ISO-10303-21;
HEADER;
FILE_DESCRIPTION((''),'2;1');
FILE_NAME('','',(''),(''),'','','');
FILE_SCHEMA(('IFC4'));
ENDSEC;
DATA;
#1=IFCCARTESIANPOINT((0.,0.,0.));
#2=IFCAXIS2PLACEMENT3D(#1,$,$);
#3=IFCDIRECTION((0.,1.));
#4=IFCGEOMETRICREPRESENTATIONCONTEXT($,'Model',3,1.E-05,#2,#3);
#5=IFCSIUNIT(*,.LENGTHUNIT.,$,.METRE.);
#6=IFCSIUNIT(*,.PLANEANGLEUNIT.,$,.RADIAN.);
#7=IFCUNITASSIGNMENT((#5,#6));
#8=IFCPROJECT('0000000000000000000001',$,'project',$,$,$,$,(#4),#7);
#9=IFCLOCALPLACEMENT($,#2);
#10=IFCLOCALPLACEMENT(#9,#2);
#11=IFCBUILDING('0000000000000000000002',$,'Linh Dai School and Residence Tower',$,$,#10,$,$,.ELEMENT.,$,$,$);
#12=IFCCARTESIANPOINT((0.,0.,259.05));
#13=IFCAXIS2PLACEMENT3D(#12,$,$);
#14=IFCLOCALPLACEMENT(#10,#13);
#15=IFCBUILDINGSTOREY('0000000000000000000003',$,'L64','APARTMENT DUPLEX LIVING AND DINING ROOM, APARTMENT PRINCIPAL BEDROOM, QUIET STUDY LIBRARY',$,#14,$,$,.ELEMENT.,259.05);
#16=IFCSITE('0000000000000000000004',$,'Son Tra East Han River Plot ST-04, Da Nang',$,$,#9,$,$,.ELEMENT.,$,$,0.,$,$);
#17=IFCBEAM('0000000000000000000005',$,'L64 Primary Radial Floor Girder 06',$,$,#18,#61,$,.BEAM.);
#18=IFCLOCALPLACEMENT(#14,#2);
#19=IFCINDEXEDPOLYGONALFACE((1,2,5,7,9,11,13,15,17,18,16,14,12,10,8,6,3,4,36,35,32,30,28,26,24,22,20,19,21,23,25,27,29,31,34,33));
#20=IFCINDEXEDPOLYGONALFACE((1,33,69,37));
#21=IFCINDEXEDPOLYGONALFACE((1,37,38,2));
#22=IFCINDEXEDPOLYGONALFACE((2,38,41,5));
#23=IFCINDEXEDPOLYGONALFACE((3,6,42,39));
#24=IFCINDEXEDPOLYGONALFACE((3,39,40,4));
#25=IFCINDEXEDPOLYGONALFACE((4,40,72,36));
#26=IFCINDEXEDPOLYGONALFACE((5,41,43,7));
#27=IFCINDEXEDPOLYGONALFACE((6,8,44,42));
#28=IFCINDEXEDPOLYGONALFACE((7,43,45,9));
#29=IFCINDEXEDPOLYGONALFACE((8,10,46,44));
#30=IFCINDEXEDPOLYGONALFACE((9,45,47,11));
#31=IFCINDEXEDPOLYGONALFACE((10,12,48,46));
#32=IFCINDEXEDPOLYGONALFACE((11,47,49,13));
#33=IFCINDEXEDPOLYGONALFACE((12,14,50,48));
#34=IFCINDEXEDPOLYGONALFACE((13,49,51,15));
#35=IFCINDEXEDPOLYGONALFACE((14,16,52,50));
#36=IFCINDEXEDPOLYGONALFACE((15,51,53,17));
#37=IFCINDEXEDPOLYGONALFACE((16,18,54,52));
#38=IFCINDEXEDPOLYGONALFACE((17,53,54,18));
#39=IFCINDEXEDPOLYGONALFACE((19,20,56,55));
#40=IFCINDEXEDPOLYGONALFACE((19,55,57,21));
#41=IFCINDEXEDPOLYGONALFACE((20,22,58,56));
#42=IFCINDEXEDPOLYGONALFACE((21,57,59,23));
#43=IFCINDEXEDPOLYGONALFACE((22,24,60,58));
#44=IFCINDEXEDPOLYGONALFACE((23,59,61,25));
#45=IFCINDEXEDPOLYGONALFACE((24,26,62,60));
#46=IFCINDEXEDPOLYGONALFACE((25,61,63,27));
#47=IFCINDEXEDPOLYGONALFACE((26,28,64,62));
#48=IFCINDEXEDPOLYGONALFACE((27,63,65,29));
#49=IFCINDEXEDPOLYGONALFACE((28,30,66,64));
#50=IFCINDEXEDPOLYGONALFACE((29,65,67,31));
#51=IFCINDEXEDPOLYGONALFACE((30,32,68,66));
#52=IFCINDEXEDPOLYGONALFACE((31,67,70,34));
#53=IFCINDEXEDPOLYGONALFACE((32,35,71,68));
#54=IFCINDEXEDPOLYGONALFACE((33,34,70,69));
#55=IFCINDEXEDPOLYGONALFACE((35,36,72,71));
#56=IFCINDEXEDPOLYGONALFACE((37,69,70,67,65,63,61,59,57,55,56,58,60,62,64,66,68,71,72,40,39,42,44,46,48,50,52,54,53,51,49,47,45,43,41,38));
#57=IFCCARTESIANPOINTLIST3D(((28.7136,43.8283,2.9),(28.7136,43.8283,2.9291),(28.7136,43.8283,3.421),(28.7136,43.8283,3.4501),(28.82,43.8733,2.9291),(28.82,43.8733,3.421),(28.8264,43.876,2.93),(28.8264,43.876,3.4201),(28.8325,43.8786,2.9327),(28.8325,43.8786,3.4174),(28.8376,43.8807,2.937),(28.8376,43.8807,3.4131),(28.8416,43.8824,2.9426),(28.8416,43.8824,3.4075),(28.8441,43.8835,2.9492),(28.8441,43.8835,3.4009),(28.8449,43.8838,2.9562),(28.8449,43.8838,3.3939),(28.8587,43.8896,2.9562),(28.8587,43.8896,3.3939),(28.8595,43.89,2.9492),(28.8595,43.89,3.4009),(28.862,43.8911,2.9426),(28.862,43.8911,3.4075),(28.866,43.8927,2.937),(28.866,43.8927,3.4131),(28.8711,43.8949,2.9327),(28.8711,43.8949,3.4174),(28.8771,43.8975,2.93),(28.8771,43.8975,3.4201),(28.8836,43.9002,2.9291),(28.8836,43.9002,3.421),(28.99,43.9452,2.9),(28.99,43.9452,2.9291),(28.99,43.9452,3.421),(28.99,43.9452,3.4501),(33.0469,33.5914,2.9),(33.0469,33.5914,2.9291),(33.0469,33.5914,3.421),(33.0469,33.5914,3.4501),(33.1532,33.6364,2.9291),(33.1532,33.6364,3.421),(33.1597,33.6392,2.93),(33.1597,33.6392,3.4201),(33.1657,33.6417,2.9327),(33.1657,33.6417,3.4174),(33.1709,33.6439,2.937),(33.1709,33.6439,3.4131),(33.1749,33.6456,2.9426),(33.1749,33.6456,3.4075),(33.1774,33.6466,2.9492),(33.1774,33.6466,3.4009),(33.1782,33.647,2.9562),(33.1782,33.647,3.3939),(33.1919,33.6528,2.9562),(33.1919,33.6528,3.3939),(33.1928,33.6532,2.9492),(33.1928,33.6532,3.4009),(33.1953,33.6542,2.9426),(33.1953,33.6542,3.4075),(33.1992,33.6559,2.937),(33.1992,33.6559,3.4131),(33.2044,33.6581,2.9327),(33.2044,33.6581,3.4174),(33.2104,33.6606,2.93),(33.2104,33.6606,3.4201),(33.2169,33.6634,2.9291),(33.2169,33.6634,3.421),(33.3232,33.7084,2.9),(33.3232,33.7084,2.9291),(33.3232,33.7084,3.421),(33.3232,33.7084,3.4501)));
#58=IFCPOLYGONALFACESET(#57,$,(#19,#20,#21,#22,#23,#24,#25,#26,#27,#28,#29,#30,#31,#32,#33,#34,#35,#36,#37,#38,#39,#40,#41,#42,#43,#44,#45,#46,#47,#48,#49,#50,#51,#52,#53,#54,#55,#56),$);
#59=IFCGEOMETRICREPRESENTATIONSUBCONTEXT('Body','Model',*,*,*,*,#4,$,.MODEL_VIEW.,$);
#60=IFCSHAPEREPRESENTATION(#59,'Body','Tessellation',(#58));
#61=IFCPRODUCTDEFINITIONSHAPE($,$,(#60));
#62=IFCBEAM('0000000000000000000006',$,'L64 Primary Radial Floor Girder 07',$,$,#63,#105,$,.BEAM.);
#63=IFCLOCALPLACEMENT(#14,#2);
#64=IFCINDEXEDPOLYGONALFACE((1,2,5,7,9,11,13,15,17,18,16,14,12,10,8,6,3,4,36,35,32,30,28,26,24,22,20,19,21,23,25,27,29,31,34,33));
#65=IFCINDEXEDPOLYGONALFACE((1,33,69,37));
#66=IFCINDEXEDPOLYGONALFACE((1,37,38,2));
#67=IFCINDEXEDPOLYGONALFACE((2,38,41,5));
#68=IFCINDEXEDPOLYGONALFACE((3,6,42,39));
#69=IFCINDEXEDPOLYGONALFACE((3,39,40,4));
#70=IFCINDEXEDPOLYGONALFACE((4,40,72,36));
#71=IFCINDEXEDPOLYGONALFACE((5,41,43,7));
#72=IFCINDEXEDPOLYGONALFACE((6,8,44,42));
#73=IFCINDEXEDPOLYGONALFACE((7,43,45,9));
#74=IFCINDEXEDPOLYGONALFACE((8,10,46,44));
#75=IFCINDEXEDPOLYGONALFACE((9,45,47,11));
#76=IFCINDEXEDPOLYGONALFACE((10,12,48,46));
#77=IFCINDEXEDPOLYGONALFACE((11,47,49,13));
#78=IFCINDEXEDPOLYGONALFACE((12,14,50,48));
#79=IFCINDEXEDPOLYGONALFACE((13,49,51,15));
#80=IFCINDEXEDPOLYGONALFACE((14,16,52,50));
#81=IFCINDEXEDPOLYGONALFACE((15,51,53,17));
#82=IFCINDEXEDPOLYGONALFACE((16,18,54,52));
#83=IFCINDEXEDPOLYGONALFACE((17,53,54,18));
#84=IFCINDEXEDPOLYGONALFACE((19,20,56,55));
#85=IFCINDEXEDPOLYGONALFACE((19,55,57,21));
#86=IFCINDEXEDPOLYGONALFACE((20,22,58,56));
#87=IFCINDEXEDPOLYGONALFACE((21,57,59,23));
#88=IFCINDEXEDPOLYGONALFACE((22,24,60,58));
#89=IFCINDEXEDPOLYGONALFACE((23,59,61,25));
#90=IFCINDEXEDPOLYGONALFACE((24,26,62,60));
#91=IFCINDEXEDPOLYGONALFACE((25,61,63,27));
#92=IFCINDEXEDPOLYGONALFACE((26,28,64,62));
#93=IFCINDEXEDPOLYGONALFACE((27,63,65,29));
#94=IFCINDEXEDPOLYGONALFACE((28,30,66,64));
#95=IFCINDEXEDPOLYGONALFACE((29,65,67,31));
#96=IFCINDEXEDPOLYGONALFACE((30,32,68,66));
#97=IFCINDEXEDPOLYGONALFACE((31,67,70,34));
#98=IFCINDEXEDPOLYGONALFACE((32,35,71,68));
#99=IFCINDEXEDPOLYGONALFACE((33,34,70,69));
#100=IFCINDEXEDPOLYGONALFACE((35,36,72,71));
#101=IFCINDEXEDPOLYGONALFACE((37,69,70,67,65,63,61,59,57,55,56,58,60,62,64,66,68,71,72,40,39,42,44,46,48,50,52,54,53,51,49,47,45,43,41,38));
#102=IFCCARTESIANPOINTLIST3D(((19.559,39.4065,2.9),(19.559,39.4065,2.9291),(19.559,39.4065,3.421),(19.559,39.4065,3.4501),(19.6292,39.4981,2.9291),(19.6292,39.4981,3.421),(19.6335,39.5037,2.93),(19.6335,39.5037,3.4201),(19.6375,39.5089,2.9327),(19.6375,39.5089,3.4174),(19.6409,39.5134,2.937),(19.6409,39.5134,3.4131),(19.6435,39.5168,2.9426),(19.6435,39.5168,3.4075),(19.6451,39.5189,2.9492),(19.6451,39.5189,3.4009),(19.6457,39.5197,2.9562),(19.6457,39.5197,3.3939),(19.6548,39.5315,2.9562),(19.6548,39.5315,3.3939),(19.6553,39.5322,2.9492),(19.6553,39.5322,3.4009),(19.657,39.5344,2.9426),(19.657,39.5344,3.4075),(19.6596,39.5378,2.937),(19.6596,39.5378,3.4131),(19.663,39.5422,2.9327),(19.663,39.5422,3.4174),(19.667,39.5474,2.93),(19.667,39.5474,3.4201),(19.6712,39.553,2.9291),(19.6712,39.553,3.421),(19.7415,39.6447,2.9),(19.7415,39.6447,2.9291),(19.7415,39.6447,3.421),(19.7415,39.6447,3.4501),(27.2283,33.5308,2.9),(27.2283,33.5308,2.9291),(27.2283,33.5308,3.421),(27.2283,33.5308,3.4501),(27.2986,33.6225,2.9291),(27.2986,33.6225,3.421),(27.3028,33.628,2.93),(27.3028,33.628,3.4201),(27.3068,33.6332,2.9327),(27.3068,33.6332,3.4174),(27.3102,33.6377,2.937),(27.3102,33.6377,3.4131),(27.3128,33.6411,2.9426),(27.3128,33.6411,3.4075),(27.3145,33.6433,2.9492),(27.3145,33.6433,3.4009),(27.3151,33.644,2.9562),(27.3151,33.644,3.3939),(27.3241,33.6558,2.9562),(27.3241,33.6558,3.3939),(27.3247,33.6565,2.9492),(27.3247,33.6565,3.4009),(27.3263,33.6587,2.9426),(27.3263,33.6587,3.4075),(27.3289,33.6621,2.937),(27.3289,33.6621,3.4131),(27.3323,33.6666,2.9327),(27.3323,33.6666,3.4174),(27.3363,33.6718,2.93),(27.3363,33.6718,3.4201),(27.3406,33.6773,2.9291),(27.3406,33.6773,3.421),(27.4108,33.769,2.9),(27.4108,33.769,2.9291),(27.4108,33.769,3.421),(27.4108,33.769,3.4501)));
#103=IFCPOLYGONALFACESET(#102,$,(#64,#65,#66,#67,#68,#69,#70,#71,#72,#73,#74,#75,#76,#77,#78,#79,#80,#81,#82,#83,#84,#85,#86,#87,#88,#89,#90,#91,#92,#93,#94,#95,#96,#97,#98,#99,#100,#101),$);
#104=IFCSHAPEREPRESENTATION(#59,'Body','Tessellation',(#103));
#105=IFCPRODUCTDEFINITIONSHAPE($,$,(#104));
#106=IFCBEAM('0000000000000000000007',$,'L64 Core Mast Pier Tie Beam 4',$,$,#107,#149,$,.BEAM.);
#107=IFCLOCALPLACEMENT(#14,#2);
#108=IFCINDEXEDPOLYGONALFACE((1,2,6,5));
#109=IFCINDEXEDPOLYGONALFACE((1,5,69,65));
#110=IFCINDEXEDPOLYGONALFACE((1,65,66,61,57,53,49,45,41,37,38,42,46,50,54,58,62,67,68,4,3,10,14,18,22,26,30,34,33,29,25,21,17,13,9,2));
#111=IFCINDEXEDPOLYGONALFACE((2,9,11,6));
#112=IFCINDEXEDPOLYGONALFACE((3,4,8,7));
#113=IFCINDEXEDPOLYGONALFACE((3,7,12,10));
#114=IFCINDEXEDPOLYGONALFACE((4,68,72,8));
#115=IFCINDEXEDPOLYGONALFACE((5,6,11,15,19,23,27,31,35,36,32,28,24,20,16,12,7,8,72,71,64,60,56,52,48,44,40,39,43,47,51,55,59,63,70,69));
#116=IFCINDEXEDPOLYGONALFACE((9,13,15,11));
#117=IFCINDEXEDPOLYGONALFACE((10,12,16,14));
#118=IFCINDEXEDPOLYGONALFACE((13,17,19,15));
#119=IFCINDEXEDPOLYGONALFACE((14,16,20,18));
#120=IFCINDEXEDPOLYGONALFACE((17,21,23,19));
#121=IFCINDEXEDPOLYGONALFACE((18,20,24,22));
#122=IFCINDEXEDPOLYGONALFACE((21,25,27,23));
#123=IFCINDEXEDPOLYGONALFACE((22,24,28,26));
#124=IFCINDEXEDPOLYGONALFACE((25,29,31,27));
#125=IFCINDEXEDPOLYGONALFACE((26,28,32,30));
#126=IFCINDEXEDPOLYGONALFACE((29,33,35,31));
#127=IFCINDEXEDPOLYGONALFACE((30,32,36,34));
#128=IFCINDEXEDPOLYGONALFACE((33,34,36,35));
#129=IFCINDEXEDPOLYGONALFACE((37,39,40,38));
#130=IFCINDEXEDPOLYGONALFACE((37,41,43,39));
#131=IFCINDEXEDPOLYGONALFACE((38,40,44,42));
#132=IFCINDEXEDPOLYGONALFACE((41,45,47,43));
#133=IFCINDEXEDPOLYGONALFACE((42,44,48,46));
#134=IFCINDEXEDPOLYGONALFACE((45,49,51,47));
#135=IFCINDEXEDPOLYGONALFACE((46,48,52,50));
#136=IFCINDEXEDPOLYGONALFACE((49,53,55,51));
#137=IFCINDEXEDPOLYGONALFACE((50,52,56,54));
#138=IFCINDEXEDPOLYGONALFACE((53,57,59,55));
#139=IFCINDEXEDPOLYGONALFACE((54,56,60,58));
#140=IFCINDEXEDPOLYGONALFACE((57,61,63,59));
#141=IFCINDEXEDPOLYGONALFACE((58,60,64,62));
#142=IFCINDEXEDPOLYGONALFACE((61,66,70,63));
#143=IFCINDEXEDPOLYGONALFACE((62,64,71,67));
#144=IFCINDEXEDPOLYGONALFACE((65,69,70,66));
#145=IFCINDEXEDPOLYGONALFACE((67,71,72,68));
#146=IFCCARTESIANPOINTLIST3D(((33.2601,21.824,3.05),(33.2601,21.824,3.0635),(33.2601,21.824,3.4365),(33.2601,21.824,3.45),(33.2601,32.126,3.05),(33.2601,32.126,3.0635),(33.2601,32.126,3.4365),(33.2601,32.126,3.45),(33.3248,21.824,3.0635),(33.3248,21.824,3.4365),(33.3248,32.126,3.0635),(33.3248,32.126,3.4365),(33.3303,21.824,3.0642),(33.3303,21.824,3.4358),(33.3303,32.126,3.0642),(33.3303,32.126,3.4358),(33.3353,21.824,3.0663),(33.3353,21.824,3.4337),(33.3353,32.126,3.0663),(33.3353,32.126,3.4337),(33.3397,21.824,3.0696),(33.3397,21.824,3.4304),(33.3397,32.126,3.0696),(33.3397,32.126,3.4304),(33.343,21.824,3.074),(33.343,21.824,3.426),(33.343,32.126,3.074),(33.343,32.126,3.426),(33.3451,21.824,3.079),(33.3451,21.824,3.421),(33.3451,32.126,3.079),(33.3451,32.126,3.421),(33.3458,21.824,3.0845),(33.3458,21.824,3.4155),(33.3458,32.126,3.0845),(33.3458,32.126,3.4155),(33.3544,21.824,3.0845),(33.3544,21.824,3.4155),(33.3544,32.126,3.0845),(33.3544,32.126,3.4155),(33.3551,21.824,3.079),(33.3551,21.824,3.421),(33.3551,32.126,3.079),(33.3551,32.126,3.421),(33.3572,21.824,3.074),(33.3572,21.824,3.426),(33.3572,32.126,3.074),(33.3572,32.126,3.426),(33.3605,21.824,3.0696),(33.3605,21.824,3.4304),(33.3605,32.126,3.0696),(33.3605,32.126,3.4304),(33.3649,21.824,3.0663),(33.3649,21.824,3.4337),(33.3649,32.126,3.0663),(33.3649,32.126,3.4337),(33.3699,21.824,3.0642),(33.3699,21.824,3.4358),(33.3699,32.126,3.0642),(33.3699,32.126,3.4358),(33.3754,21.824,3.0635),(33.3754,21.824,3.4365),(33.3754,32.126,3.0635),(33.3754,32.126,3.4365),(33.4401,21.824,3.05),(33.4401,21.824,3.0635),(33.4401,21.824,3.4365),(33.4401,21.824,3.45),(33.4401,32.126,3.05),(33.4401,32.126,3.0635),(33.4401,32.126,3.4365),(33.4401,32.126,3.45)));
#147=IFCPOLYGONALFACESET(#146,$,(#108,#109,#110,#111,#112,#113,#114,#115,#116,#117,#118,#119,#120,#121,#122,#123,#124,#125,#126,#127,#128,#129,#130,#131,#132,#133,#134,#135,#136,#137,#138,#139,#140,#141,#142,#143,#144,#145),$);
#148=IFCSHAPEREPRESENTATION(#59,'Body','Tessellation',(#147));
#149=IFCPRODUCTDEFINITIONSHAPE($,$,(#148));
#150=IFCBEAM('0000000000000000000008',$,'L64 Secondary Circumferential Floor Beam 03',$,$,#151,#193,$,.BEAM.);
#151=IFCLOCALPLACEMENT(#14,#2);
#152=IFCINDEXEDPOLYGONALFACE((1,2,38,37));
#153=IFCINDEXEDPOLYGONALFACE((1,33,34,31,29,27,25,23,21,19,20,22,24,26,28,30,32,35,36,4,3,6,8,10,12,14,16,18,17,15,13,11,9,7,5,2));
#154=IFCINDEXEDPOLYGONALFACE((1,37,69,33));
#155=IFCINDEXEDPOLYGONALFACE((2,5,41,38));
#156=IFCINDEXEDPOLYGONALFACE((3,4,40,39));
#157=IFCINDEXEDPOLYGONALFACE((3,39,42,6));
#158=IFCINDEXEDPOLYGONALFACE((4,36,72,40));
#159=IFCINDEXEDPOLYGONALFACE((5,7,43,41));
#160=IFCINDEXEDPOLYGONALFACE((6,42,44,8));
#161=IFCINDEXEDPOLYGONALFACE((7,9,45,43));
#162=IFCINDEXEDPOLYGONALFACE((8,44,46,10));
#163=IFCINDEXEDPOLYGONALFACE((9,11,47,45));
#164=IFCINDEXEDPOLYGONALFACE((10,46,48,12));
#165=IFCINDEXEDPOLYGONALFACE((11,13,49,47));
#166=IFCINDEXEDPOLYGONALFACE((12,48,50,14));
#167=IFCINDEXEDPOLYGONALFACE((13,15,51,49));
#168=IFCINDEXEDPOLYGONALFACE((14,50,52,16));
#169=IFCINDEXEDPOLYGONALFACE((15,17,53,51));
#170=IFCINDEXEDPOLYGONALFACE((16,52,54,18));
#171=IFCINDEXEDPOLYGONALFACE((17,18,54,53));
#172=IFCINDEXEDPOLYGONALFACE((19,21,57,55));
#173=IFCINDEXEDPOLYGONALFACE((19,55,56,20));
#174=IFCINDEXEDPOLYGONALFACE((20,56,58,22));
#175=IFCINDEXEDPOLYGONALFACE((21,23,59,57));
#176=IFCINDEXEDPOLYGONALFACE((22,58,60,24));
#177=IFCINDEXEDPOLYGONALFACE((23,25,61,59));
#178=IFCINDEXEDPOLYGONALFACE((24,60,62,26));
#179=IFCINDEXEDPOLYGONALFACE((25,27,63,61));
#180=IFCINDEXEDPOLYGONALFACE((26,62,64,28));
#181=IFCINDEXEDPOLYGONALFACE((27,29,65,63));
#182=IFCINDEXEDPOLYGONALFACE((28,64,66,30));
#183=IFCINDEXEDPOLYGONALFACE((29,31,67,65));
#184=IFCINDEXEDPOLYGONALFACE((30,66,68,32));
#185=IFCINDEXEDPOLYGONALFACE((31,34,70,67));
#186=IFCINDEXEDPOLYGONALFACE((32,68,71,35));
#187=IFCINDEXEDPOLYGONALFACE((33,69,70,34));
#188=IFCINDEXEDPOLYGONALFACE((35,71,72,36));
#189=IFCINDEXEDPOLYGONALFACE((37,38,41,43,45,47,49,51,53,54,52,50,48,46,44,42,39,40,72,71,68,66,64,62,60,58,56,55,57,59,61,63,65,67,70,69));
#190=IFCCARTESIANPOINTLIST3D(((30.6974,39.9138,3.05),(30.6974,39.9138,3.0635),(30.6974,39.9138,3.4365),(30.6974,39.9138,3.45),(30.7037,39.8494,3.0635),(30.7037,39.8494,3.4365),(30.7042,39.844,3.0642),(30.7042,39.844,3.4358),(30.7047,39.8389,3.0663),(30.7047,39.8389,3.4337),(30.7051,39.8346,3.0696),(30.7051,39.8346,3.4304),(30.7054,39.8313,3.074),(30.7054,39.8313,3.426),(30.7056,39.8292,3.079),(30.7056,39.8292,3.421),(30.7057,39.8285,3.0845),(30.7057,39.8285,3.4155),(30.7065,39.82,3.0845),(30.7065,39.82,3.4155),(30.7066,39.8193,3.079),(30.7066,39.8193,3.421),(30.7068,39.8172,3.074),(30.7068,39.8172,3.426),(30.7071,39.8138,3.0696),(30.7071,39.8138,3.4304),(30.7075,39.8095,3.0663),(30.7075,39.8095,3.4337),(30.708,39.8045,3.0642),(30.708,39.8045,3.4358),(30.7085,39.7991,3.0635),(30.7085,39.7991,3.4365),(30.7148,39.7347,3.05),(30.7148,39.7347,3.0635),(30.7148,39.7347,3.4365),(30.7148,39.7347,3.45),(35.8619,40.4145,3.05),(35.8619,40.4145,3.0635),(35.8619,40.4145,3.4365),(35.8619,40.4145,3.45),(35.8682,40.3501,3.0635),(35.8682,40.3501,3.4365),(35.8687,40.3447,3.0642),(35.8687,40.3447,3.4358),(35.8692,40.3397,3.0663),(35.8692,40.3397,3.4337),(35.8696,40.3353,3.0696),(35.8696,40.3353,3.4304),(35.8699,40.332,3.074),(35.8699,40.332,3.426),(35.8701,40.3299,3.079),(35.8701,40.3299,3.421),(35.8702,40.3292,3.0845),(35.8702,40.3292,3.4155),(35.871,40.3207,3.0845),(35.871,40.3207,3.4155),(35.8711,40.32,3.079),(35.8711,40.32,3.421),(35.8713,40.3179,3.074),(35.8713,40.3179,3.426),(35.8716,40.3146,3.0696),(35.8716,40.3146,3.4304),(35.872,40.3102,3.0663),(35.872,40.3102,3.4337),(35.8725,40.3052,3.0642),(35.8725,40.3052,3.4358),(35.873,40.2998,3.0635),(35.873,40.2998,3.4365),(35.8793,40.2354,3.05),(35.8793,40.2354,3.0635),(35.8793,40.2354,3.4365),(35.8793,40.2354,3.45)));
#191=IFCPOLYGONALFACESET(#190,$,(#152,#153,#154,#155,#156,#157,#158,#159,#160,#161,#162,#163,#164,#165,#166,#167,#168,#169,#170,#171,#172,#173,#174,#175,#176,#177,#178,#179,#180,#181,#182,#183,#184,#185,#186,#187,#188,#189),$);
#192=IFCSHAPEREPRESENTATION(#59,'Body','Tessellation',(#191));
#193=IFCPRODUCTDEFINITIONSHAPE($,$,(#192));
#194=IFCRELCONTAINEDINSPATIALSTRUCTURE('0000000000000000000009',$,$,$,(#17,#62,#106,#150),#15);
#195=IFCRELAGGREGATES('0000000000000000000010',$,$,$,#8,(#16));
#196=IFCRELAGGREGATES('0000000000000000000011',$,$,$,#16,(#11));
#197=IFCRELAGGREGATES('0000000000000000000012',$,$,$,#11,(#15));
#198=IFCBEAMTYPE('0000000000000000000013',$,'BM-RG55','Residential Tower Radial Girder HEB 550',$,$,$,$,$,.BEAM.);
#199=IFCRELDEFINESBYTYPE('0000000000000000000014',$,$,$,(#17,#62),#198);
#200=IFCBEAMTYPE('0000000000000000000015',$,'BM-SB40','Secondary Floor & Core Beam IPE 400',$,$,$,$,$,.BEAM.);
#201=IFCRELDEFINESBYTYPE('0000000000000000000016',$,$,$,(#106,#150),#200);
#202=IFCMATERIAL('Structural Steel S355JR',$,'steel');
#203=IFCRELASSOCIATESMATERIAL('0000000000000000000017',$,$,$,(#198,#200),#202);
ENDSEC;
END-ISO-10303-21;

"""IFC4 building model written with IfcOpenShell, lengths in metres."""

from ifc_helpers import new_model, si_unit, direction, frame, origin, origin_2d, place, context, subcontext, project, spatial, i_section, extrude, material, material_profile, profile_set, type_object, element, save


model = new_model("IFC4")

# Units and contexts
model_context = context("Model", 3, precision=1e-05, world=origin(), true_north=direction((0.0, 1.0)))
body_context = subcontext(model_context, "Body", "Model", "MODEL_VIEW")
ifc_project = project(units=[si_unit("LENGTHUNIT", "METRE"), si_unit("PLANEANGLEUNIT", "RADIAN")], contexts=[model_context])

# Site, building, storey
site_placement = place(None, origin())
site = spatial("IfcSite", under=ifc_project, at=site_placement, Name="Son Tra East Han River Plot ST-04, Da Nang", CompositionType="ELEMENT", RefElevation=0.0)
building_placement = place(site_placement, origin())
building = spatial("IfcBuilding", under=site, at=building_placement, Name="Linh Dai School and Residence Tower", CompositionType="ELEMENT")
storey_placement = place(building_placement, frame((0.0, 0.0, 259.05)))
storey = spatial("IfcBuildingStorey", under=building, at=storey_placement, Name="L64", Description="APARTMENT DUPLEX LIVING AND DINING ROOM, APARTMENT PRINCIPAL BEDROOM, QUIET STUDY LIBRARY", CompositionType="ELEMENT", Elevation=259.05)

# Shared definitions
ifc_material_1 = material(Name="Structural Steel S355JR", Category="steel")

# Beams
ifc_material_profile_1 = material_profile(ifc_material_1, i_section(OverallWidth=0.3, OverallDepth=0.55, WebThickness=0.0149, FlangeThickness=0.0291, FilletRadius=0.0271, at=origin_2d()), Name="HEB 550")
ifc_profile_set_1 = profile_set([ifc_material_profile_1], Name="Structural Steel S355JR")
beam_type_1 = type_object("IfcBeamType", Name="BM-RG55", Description="Residential Tower Radial Girder HEB 550", PredefinedType="BEAM", material=ifc_profile_set_1)
beam_1_placement = place(storey_placement, frame((33.1851, 33.6499, 3.175), z_axis=(-0.389815, 0.920893, 0.0), x_axis=(-0.920893, -0.389815, 0.0)))
element("IfcBeam", 1, at=beam_1_placement, inside=storey, type_object=beam_type_1, Name="L64 Primary Radial Floor Girder 06", PredefinedType="BEAM", context=body_context, shape_type="SweptSolid", body=[
    extrude(i_section(OverallWidth=0.3, OverallDepth=0.55, WebThickness=0.0149, FlangeThickness=0.0291, FilletRadius=0.0271, at=origin_2d()), origin(), (0.0, 0.0, 1.0), 11.1162),
])
beam_2_placement = place(storey_placement, frame((27.3196, 33.6499, 3.175), z_axis=(-0.793815, 0.60816, 0.0), x_axis=(-0.60816, -0.793815, 0.0)))
element("IfcBeam", 2, at=beam_2_placement, inside=storey, type_object=beam_type_1, Name="L64 Primary Radial Floor Girder 07", PredefinedType="BEAM", context=body_context, shape_type="SweptSolid", body=[
    extrude(i_section(OverallWidth=0.3, OverallDepth=0.55, WebThickness=0.0149, FlangeThickness=0.0291, FilletRadius=0.0271, at=origin_2d()), origin(), (0.0, 0.0, 1.0), 9.6614),
])
ifc_material_profile_2 = material_profile(ifc_material_1, i_section(OverallWidth=0.1799, OverallDepth=0.3999, WebThickness=0.0085, FlangeThickness=0.0134, FilletRadius=0.021, at=origin_2d()), Name="IPE 400")
ifc_profile_set_2 = profile_set([ifc_material_profile_2], Name="Structural Steel S355JR")
beam_type_2 = type_object("IfcBeamType", Name="BM-SB40", Description="Secondary Floor & Core Beam IPE 400", PredefinedType="BEAM", material=ifc_profile_set_2)
beam_3_placement = place(storey_placement, frame((33.3501, 32.126, 3.25), z_axis=(0.0, -1.0, 0.0), x_axis=(1.0, 0.0, 0.0)))
element("IfcBeam", 3, at=beam_3_placement, inside=storey, type_object=beam_type_2, Name="L64 Core Mast Pier Tie Beam 4", PredefinedType="BEAM", context=body_context, shape_type="SweptSolid", body=[
    extrude(i_section(OverallWidth=0.1799, OverallDepth=0.3999, WebThickness=0.0085, FlangeThickness=0.0134, FilletRadius=0.021, at=origin_2d()), origin(), (0.0, 0.0, 1.0), 10.302),
])
beam_4_placement = place(storey_placement, frame((35.8706, 40.325, 3.25), z_axis=(-0.995333, -0.096503, 0.0), x_axis=(0.096503, -0.995333, 0.0)))
element("IfcBeam", 4, at=beam_4_placement, inside=storey, type_object=beam_type_2, Name="L64 Secondary Circumferential Floor Beam 03", PredefinedType="BEAM", context=body_context, shape_type="SweptSolid", body=[
    extrude(i_section(OverallWidth=0.1799, OverallDepth=0.3999, WebThickness=0.0085, FlangeThickness=0.0134, FilletRadius=0.021, at=origin_2d()), origin(), (0.0, 0.0, 1.0), 5.1887),
])

save(model, "model.ifc")
